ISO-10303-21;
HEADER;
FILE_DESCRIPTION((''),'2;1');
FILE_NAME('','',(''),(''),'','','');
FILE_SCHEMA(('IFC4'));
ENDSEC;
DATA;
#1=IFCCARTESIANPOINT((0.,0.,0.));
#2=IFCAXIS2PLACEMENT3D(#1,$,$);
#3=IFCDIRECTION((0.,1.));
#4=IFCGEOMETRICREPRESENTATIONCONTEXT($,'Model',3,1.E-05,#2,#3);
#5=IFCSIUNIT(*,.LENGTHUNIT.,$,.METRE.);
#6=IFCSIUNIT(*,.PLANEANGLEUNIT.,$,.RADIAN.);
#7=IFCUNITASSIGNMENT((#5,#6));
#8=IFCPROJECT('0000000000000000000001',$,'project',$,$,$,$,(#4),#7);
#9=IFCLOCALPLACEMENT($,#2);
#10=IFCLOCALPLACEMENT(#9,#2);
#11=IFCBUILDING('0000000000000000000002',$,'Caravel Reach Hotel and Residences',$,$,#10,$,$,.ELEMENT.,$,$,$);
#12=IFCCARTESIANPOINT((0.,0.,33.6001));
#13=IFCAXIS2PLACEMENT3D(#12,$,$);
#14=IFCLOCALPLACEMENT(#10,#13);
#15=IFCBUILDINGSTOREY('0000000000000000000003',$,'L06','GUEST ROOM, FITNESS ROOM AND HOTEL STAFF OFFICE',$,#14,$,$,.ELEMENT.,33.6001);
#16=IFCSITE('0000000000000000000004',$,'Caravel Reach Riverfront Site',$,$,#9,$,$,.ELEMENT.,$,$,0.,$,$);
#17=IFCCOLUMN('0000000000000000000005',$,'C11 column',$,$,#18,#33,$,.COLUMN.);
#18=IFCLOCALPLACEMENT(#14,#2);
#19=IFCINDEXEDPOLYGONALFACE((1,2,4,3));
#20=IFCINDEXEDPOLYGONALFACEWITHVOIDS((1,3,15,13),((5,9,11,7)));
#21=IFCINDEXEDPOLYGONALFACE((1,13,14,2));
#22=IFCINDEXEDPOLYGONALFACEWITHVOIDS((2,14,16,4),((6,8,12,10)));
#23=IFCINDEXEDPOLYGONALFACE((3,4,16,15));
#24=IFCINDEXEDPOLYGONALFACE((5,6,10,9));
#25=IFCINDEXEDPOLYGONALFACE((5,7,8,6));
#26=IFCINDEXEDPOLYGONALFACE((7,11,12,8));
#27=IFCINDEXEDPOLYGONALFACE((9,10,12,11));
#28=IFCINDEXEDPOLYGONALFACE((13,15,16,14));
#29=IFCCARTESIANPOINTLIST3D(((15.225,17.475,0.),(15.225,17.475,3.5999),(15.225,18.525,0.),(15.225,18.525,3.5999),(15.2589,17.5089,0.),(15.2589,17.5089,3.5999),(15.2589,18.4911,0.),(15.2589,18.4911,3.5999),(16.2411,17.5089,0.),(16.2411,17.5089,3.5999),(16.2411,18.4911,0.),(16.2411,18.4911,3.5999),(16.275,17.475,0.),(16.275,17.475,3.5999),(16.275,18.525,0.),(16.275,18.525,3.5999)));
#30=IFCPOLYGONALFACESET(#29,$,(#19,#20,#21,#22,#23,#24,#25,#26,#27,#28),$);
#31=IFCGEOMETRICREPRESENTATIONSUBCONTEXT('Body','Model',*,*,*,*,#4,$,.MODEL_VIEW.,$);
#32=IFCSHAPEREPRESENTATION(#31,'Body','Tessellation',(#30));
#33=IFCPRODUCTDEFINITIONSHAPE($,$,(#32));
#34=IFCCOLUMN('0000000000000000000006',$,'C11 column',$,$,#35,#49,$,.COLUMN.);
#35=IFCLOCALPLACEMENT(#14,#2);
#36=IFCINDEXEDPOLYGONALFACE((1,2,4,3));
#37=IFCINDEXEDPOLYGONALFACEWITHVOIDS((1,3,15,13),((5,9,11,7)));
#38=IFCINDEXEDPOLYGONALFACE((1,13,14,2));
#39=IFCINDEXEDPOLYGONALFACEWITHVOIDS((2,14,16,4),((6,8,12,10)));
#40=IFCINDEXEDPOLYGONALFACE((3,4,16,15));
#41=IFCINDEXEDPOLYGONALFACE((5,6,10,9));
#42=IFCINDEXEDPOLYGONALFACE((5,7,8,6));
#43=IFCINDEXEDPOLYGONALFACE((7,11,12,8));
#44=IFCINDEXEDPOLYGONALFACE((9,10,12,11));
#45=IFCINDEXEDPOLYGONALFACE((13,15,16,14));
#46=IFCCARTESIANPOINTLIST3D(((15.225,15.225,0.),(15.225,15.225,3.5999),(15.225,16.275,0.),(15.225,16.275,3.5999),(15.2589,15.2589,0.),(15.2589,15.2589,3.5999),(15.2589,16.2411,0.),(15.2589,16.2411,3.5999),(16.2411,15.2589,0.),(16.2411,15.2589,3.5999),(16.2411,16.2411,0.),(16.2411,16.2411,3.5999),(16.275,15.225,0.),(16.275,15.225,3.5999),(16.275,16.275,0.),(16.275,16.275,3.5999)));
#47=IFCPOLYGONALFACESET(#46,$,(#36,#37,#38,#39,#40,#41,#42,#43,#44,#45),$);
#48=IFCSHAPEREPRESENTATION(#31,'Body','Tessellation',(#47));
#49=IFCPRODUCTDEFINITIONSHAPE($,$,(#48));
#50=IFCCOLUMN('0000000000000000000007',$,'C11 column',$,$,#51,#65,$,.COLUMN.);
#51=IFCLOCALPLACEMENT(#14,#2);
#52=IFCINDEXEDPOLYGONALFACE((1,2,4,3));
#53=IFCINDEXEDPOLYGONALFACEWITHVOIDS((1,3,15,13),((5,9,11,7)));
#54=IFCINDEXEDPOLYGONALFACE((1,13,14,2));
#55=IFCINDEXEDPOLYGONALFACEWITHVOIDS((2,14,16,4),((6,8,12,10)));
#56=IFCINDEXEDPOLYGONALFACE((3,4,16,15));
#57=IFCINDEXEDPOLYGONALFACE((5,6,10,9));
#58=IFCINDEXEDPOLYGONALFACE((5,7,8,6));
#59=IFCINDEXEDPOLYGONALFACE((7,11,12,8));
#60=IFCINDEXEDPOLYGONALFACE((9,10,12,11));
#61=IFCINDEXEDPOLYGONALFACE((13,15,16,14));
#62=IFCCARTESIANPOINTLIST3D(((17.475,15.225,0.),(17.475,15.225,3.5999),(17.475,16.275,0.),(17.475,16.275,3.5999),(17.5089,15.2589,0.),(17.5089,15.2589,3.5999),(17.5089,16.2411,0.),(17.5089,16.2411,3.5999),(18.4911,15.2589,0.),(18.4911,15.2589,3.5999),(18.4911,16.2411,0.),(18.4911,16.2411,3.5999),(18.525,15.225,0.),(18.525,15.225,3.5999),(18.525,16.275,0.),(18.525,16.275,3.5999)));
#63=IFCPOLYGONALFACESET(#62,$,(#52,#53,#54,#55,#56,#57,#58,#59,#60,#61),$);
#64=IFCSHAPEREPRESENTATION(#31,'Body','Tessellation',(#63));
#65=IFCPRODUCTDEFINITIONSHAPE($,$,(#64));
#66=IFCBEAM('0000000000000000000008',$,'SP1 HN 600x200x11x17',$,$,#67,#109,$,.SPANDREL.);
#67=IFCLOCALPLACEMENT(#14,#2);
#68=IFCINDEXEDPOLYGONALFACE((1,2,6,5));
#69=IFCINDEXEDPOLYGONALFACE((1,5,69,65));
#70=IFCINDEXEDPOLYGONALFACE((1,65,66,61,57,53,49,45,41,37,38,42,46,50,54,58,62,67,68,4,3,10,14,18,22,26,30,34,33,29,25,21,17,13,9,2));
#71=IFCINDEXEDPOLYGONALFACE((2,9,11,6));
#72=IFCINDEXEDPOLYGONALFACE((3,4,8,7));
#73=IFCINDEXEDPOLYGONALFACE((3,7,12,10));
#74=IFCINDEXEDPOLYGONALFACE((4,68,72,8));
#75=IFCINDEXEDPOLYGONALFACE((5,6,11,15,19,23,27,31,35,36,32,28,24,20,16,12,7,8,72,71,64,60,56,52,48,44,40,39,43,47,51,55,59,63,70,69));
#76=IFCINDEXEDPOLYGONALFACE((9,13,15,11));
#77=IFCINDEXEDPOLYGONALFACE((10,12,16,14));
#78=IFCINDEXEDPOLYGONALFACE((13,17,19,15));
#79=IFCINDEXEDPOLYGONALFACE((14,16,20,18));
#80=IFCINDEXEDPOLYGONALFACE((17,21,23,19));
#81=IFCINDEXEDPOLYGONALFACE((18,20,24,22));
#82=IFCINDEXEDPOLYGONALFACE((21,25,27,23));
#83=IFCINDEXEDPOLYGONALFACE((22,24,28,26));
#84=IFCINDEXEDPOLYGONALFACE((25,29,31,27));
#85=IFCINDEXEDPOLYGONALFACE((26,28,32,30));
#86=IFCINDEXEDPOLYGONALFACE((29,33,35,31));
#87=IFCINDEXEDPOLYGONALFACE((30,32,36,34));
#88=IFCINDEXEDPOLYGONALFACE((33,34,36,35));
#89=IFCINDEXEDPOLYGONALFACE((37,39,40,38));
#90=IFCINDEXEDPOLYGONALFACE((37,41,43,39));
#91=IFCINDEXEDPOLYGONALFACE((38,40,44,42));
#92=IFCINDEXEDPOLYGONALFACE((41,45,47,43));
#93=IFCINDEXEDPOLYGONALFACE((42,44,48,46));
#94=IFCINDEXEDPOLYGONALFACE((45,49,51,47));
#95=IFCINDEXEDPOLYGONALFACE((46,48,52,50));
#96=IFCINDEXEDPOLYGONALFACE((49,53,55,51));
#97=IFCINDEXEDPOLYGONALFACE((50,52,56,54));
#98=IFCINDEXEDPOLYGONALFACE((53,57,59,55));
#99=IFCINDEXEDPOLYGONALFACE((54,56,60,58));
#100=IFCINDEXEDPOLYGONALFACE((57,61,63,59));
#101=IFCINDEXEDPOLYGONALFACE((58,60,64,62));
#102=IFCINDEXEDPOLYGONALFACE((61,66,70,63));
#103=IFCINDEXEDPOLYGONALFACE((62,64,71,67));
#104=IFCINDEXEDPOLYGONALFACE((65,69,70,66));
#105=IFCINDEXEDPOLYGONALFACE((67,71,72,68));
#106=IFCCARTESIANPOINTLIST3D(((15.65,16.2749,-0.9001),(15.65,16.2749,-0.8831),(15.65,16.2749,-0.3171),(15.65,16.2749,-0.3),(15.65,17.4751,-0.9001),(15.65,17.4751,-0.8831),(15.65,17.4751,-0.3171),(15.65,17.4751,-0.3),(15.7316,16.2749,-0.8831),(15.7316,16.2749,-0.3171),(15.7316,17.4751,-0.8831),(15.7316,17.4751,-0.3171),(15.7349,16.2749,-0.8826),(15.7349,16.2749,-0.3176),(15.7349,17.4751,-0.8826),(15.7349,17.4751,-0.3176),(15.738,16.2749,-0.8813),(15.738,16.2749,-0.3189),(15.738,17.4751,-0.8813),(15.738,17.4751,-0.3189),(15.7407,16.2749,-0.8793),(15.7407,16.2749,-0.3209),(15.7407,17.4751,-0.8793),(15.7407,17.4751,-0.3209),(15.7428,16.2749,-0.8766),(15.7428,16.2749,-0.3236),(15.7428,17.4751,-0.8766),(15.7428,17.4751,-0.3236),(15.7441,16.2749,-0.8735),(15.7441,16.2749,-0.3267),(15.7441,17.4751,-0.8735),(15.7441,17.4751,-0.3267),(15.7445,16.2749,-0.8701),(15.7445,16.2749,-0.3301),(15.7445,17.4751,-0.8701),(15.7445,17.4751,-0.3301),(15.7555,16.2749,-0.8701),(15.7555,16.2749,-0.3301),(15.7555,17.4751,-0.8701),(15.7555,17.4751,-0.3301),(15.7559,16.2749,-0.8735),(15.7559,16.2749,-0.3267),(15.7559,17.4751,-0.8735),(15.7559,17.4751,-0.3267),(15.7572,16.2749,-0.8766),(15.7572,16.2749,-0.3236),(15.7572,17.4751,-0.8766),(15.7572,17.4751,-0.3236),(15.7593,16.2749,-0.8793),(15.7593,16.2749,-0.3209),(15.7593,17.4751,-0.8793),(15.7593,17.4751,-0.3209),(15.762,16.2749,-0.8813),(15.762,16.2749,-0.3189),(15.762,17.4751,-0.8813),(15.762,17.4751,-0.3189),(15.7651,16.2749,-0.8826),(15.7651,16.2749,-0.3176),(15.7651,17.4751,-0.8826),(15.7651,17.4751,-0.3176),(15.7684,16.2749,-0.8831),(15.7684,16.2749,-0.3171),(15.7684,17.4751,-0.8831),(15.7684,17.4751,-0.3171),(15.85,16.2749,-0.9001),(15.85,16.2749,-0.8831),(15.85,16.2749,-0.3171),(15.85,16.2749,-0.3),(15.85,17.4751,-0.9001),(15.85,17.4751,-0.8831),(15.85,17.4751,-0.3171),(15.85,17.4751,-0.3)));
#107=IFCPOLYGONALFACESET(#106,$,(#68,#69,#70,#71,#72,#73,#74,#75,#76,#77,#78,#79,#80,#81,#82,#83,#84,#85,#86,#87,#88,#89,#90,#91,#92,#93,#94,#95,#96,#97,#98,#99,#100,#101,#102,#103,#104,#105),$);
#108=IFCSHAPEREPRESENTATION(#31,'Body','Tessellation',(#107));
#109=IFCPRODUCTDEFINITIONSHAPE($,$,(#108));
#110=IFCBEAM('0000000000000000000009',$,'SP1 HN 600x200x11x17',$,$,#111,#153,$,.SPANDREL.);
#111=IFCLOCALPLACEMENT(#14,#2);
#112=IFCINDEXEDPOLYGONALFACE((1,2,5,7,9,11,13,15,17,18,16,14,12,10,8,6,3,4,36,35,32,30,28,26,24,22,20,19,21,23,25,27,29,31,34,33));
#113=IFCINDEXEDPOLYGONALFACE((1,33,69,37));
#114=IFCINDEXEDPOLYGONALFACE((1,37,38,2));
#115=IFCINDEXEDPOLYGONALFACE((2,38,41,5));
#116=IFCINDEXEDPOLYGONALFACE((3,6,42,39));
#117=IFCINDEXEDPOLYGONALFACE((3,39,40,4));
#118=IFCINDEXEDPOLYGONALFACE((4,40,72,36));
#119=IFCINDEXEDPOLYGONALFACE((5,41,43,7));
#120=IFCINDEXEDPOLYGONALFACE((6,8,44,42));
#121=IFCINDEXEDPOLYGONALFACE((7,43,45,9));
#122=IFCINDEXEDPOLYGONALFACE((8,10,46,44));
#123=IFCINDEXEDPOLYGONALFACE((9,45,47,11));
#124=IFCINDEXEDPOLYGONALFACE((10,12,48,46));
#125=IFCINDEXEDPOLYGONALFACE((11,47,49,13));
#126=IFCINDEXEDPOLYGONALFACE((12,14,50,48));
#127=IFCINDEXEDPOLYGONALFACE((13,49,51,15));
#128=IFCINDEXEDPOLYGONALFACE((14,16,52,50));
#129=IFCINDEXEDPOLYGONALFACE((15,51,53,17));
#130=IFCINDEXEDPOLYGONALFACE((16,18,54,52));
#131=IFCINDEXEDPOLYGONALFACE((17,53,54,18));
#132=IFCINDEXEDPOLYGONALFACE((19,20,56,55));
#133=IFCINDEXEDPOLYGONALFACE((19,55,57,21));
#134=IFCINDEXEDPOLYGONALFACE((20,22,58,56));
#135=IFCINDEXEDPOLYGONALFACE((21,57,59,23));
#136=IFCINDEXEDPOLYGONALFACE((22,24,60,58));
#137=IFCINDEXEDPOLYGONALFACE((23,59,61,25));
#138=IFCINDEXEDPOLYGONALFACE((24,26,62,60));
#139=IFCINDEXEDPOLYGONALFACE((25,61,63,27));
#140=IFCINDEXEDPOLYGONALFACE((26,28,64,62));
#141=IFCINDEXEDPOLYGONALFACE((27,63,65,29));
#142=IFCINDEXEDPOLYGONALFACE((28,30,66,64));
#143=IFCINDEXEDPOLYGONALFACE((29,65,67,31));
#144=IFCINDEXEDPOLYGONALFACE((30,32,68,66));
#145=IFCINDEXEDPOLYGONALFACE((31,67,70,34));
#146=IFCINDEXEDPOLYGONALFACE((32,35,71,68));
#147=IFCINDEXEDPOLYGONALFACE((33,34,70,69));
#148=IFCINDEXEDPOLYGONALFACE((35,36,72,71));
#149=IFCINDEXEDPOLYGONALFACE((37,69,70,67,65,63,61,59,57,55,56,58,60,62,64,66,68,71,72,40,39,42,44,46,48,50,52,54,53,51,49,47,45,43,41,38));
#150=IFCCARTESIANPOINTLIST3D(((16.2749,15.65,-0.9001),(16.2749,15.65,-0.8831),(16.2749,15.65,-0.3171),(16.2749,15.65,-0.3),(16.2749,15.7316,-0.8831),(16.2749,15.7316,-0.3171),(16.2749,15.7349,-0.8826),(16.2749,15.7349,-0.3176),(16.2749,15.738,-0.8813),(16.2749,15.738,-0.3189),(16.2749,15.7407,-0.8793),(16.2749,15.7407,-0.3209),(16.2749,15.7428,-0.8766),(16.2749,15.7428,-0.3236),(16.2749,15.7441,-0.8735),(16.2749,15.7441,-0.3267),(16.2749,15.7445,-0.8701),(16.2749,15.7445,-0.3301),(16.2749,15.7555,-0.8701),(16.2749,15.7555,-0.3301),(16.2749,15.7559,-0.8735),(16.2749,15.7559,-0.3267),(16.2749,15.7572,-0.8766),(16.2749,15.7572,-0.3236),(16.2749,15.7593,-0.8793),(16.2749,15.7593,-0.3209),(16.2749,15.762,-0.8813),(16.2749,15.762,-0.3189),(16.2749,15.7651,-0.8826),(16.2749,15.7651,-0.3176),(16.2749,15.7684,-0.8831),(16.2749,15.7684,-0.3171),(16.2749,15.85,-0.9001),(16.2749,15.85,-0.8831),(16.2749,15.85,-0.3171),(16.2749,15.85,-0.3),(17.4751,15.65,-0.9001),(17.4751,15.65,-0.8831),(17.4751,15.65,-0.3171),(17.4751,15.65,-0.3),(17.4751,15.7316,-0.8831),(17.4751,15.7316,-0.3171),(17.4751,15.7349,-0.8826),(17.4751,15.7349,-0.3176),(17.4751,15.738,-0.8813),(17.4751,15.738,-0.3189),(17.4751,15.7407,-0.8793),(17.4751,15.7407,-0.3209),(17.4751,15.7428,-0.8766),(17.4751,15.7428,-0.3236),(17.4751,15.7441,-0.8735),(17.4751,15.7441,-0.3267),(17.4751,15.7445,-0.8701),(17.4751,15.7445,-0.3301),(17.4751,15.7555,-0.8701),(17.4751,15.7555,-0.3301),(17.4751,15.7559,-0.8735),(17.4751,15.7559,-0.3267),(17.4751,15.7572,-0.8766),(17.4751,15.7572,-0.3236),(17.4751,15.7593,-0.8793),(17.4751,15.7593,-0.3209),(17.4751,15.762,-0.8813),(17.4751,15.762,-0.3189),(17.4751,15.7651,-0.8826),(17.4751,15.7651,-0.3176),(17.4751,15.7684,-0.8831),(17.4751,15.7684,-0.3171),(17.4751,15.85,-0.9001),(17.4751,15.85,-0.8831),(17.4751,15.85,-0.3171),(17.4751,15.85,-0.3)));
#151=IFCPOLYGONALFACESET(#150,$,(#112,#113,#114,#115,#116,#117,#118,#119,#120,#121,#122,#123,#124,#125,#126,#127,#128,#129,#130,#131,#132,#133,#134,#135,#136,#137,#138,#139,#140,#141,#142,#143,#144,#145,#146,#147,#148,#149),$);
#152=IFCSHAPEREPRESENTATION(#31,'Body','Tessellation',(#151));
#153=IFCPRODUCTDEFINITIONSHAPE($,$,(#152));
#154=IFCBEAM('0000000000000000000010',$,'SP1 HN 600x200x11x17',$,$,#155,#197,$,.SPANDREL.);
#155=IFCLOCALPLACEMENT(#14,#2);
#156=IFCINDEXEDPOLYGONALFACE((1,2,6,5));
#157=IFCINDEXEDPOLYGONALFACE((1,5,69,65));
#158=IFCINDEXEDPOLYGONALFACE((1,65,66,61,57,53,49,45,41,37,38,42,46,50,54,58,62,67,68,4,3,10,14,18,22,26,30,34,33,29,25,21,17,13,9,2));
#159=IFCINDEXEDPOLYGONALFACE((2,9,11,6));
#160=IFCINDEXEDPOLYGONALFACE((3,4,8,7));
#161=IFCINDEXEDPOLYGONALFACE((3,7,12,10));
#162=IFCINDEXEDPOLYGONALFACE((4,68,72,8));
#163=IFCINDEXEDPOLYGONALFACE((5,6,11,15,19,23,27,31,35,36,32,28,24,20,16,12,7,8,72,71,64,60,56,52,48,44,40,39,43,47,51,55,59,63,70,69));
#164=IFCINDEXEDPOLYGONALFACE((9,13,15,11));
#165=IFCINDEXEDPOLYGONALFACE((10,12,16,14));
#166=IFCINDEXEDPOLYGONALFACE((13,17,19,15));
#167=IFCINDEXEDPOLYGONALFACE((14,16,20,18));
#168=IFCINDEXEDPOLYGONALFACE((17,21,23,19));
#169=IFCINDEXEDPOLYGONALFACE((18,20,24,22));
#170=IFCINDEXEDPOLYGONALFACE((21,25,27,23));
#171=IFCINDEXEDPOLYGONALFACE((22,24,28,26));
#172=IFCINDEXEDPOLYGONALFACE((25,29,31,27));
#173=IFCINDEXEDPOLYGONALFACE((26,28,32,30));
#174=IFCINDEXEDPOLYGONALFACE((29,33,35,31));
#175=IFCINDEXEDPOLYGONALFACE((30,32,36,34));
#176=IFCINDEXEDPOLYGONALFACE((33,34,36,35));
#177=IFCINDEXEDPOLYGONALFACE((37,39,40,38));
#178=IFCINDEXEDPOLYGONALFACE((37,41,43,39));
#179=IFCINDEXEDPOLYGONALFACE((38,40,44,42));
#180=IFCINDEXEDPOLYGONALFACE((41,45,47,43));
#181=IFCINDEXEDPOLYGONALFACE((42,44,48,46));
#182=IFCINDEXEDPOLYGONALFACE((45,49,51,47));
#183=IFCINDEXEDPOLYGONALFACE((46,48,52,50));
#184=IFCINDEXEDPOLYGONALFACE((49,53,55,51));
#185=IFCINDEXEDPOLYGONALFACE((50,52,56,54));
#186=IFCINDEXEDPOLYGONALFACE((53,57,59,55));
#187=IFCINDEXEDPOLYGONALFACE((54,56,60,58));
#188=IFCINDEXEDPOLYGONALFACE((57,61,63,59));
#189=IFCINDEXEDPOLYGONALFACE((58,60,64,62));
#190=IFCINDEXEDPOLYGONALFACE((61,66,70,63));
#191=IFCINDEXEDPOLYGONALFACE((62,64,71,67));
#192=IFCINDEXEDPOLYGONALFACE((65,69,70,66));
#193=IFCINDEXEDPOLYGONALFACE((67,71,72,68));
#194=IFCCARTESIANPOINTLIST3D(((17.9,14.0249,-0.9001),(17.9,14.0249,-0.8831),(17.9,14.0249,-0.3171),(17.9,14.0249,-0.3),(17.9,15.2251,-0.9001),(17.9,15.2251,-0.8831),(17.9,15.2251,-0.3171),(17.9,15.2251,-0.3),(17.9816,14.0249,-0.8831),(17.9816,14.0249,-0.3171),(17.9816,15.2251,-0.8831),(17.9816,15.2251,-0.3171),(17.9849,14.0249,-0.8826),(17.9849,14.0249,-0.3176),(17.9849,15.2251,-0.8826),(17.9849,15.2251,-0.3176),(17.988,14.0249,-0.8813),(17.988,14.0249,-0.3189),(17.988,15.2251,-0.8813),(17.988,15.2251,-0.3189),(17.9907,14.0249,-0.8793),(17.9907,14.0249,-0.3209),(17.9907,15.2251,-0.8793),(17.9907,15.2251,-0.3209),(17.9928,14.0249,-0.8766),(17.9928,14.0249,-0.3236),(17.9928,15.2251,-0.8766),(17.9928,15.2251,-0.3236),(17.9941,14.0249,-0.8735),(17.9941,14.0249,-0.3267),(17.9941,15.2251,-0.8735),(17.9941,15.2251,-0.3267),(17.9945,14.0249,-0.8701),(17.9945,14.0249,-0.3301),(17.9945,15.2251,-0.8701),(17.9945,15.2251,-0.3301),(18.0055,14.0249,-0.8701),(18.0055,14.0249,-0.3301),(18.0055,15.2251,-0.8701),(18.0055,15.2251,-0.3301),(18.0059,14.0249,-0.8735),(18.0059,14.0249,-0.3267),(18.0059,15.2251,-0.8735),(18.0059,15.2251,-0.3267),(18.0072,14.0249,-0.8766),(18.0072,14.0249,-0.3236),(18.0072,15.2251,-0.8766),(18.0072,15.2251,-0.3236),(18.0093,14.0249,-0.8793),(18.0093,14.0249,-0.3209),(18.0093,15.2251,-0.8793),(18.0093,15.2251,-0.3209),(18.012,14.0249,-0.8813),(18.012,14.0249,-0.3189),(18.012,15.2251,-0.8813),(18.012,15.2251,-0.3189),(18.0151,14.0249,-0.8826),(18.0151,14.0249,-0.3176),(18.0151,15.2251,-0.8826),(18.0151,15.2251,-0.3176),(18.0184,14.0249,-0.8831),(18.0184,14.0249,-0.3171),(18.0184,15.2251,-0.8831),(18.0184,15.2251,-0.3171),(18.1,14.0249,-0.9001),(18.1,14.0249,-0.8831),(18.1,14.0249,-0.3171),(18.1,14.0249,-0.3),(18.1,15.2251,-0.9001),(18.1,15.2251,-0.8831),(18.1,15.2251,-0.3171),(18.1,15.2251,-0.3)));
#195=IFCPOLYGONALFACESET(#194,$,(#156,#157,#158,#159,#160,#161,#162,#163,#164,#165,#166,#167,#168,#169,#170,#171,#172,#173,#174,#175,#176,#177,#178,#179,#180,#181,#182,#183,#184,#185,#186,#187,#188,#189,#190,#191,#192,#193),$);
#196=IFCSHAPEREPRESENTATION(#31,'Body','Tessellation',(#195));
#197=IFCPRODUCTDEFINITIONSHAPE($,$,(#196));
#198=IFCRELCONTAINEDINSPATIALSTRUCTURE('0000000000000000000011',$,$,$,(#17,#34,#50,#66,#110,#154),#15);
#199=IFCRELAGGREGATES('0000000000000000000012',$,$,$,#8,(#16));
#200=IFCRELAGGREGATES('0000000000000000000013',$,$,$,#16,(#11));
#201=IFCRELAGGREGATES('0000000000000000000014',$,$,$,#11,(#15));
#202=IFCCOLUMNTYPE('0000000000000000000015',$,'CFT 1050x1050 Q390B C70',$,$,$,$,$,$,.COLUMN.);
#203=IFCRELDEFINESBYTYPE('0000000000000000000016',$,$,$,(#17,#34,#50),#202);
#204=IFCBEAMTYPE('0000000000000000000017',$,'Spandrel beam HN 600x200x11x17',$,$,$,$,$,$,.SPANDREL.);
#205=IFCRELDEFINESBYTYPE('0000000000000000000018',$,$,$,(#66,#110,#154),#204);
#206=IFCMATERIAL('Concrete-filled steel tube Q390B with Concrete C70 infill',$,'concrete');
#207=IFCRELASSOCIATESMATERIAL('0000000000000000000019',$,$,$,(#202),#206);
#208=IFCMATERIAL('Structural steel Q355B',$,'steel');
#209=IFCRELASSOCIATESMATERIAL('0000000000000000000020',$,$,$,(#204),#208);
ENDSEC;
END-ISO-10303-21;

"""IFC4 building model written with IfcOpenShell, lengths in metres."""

from ifc_helpers import new_model, si_unit, direction, frame, origin, origin_2d, place, context, subcontext, project, spatial, hollow_rectangle, i_section, extrude, material, material_profile, profile_set, type_object, element, save


model = new_model("IFC4")

# Units and contexts
model_context = context("Model", 3, precision=1e-05, world=origin(), true_north=direction((0.0, 1.0)))
body_context = subcontext(model_context, "Body", "Model", "MODEL_VIEW")
ifc_project = project(units=[si_unit("LENGTHUNIT", "METRE"), si_unit("PLANEANGLEUNIT", "RADIAN")], contexts=[model_context])

# Site, building, storey
site_placement = place(None, origin())
site = spatial("IfcSite", under=ifc_project, at=site_placement, Name="Caravel Reach Riverfront Site", CompositionType="ELEMENT", RefElevation=0.0)
building_placement = place(site_placement, origin())
building = spatial("IfcBuilding", under=site, at=building_placement, Name="Caravel Reach Hotel and Residences", CompositionType="ELEMENT")
storey_placement = place(building_placement, frame((0.0, 0.0, 33.6001)))
storey = spatial("IfcBuildingStorey", under=building, at=storey_placement, Name="L06", Description="GUEST ROOM, FITNESS ROOM AND HOTEL STAFF OFFICE", CompositionType="ELEMENT", Elevation=33.6001)

# Columns
ifc_material_1 = material(Name="Concrete-filled steel tube Q390B with Concrete C70 infill", Category="concrete")
ifc_material_profile_1 = material_profile(ifc_material_1, hollow_rectangle(XDim=1.05, YDim=1.05, WallThickness=0.0339, at=origin_2d()), Name="RHS 1050x1050x34")
ifc_profile_set_1 = profile_set([ifc_material_profile_1], Name="Concrete-filled steel tube Q390B with Concrete C70 infill")
column_type = type_object("IfcColumnType", Name="CFT 1050x1050 Q390B C70", PredefinedType="COLUMN", material=ifc_profile_set_1)
for number, where, z_axis, x_axis, name in (
    (1, (15.75, 18.0, 0.0), (0.0, 0.0, 1.0), (1.0, 0.0, 0.0), "C11 column"),
    (2, (15.75, 15.75, 0.0), (0.0, 0.0, 1.0), (1.0, 0.0, 0.0), "C11 column"),
    (3, (18.0, 15.75, 0.0), (0.0, 0.0, 1.0), (1.0, 0.0, 0.0), "C11 column"),
):
    element("IfcColumn", number, at=place(storey_placement, frame(where, z_axis=z_axis, x_axis=x_axis)), inside=storey, type_object=column_type, Name=name, PredefinedType="COLUMN", context=body_context, shape_type="SweptSolid", body=[
        extrude(hollow_rectangle(XDim=1.05, YDim=1.05, WallThickness=0.0339, at=origin_2d()), origin(), (0.0, 0.0, 1.0), 3.5999),
    ])

# Beams
ifc_material_2 = material(Name="Structural steel Q355B", Category="steel")
ifc_material_profile_2 = material_profile(ifc_material_2, i_section(OverallWidth=0.2, OverallDepth=0.6001, WebThickness=0.011, FlangeThickness=0.0171, FilletRadius=0.0129, at=origin_2d()), Name="HN 600x200x11x17")
ifc_profile_set_2 = profile_set([ifc_material_profile_2], Name="Structural steel Q355B")
beam_type = type_object("IfcBeamType", Name="Spandrel beam HN 600x200x11x17", PredefinedType="SPANDREL", material=ifc_profile_set_2)
for number, where, z_axis, x_axis, name in (
    (4, (15.75, 17.4751, -0.6001), (0.0, -1.0, 0.0), (1.0, 0.0, 0.0), "SP1 HN 600x200x11x17"),
    (5, (16.2749, 15.75, -0.6001), (1.0, 0.0, 0.0), (0.0, 1.0, 0.0), "SP1 HN 600x200x11x17"),
    (6, (18.0, 15.2251, -0.6001), (0.0, -1.0, 0.0), (1.0, 0.0, 0.0), "SP1 HN 600x200x11x17"),
):
    element("IfcBeam", number, at=place(storey_placement, frame(where, z_axis=z_axis, x_axis=x_axis)), inside=storey, type_object=beam_type, Name=name, PredefinedType="SPANDREL", context=body_context, shape_type="SweptSolid", body=[
        extrude(i_section(OverallWidth=0.2, OverallDepth=0.6001, WebThickness=0.011, FlangeThickness=0.0171, FilletRadius=0.0129, at=origin_2d()), origin(), (0.0, 0.0, 1.0), 1.2002),
    ])

save(model, "model.ifc")
